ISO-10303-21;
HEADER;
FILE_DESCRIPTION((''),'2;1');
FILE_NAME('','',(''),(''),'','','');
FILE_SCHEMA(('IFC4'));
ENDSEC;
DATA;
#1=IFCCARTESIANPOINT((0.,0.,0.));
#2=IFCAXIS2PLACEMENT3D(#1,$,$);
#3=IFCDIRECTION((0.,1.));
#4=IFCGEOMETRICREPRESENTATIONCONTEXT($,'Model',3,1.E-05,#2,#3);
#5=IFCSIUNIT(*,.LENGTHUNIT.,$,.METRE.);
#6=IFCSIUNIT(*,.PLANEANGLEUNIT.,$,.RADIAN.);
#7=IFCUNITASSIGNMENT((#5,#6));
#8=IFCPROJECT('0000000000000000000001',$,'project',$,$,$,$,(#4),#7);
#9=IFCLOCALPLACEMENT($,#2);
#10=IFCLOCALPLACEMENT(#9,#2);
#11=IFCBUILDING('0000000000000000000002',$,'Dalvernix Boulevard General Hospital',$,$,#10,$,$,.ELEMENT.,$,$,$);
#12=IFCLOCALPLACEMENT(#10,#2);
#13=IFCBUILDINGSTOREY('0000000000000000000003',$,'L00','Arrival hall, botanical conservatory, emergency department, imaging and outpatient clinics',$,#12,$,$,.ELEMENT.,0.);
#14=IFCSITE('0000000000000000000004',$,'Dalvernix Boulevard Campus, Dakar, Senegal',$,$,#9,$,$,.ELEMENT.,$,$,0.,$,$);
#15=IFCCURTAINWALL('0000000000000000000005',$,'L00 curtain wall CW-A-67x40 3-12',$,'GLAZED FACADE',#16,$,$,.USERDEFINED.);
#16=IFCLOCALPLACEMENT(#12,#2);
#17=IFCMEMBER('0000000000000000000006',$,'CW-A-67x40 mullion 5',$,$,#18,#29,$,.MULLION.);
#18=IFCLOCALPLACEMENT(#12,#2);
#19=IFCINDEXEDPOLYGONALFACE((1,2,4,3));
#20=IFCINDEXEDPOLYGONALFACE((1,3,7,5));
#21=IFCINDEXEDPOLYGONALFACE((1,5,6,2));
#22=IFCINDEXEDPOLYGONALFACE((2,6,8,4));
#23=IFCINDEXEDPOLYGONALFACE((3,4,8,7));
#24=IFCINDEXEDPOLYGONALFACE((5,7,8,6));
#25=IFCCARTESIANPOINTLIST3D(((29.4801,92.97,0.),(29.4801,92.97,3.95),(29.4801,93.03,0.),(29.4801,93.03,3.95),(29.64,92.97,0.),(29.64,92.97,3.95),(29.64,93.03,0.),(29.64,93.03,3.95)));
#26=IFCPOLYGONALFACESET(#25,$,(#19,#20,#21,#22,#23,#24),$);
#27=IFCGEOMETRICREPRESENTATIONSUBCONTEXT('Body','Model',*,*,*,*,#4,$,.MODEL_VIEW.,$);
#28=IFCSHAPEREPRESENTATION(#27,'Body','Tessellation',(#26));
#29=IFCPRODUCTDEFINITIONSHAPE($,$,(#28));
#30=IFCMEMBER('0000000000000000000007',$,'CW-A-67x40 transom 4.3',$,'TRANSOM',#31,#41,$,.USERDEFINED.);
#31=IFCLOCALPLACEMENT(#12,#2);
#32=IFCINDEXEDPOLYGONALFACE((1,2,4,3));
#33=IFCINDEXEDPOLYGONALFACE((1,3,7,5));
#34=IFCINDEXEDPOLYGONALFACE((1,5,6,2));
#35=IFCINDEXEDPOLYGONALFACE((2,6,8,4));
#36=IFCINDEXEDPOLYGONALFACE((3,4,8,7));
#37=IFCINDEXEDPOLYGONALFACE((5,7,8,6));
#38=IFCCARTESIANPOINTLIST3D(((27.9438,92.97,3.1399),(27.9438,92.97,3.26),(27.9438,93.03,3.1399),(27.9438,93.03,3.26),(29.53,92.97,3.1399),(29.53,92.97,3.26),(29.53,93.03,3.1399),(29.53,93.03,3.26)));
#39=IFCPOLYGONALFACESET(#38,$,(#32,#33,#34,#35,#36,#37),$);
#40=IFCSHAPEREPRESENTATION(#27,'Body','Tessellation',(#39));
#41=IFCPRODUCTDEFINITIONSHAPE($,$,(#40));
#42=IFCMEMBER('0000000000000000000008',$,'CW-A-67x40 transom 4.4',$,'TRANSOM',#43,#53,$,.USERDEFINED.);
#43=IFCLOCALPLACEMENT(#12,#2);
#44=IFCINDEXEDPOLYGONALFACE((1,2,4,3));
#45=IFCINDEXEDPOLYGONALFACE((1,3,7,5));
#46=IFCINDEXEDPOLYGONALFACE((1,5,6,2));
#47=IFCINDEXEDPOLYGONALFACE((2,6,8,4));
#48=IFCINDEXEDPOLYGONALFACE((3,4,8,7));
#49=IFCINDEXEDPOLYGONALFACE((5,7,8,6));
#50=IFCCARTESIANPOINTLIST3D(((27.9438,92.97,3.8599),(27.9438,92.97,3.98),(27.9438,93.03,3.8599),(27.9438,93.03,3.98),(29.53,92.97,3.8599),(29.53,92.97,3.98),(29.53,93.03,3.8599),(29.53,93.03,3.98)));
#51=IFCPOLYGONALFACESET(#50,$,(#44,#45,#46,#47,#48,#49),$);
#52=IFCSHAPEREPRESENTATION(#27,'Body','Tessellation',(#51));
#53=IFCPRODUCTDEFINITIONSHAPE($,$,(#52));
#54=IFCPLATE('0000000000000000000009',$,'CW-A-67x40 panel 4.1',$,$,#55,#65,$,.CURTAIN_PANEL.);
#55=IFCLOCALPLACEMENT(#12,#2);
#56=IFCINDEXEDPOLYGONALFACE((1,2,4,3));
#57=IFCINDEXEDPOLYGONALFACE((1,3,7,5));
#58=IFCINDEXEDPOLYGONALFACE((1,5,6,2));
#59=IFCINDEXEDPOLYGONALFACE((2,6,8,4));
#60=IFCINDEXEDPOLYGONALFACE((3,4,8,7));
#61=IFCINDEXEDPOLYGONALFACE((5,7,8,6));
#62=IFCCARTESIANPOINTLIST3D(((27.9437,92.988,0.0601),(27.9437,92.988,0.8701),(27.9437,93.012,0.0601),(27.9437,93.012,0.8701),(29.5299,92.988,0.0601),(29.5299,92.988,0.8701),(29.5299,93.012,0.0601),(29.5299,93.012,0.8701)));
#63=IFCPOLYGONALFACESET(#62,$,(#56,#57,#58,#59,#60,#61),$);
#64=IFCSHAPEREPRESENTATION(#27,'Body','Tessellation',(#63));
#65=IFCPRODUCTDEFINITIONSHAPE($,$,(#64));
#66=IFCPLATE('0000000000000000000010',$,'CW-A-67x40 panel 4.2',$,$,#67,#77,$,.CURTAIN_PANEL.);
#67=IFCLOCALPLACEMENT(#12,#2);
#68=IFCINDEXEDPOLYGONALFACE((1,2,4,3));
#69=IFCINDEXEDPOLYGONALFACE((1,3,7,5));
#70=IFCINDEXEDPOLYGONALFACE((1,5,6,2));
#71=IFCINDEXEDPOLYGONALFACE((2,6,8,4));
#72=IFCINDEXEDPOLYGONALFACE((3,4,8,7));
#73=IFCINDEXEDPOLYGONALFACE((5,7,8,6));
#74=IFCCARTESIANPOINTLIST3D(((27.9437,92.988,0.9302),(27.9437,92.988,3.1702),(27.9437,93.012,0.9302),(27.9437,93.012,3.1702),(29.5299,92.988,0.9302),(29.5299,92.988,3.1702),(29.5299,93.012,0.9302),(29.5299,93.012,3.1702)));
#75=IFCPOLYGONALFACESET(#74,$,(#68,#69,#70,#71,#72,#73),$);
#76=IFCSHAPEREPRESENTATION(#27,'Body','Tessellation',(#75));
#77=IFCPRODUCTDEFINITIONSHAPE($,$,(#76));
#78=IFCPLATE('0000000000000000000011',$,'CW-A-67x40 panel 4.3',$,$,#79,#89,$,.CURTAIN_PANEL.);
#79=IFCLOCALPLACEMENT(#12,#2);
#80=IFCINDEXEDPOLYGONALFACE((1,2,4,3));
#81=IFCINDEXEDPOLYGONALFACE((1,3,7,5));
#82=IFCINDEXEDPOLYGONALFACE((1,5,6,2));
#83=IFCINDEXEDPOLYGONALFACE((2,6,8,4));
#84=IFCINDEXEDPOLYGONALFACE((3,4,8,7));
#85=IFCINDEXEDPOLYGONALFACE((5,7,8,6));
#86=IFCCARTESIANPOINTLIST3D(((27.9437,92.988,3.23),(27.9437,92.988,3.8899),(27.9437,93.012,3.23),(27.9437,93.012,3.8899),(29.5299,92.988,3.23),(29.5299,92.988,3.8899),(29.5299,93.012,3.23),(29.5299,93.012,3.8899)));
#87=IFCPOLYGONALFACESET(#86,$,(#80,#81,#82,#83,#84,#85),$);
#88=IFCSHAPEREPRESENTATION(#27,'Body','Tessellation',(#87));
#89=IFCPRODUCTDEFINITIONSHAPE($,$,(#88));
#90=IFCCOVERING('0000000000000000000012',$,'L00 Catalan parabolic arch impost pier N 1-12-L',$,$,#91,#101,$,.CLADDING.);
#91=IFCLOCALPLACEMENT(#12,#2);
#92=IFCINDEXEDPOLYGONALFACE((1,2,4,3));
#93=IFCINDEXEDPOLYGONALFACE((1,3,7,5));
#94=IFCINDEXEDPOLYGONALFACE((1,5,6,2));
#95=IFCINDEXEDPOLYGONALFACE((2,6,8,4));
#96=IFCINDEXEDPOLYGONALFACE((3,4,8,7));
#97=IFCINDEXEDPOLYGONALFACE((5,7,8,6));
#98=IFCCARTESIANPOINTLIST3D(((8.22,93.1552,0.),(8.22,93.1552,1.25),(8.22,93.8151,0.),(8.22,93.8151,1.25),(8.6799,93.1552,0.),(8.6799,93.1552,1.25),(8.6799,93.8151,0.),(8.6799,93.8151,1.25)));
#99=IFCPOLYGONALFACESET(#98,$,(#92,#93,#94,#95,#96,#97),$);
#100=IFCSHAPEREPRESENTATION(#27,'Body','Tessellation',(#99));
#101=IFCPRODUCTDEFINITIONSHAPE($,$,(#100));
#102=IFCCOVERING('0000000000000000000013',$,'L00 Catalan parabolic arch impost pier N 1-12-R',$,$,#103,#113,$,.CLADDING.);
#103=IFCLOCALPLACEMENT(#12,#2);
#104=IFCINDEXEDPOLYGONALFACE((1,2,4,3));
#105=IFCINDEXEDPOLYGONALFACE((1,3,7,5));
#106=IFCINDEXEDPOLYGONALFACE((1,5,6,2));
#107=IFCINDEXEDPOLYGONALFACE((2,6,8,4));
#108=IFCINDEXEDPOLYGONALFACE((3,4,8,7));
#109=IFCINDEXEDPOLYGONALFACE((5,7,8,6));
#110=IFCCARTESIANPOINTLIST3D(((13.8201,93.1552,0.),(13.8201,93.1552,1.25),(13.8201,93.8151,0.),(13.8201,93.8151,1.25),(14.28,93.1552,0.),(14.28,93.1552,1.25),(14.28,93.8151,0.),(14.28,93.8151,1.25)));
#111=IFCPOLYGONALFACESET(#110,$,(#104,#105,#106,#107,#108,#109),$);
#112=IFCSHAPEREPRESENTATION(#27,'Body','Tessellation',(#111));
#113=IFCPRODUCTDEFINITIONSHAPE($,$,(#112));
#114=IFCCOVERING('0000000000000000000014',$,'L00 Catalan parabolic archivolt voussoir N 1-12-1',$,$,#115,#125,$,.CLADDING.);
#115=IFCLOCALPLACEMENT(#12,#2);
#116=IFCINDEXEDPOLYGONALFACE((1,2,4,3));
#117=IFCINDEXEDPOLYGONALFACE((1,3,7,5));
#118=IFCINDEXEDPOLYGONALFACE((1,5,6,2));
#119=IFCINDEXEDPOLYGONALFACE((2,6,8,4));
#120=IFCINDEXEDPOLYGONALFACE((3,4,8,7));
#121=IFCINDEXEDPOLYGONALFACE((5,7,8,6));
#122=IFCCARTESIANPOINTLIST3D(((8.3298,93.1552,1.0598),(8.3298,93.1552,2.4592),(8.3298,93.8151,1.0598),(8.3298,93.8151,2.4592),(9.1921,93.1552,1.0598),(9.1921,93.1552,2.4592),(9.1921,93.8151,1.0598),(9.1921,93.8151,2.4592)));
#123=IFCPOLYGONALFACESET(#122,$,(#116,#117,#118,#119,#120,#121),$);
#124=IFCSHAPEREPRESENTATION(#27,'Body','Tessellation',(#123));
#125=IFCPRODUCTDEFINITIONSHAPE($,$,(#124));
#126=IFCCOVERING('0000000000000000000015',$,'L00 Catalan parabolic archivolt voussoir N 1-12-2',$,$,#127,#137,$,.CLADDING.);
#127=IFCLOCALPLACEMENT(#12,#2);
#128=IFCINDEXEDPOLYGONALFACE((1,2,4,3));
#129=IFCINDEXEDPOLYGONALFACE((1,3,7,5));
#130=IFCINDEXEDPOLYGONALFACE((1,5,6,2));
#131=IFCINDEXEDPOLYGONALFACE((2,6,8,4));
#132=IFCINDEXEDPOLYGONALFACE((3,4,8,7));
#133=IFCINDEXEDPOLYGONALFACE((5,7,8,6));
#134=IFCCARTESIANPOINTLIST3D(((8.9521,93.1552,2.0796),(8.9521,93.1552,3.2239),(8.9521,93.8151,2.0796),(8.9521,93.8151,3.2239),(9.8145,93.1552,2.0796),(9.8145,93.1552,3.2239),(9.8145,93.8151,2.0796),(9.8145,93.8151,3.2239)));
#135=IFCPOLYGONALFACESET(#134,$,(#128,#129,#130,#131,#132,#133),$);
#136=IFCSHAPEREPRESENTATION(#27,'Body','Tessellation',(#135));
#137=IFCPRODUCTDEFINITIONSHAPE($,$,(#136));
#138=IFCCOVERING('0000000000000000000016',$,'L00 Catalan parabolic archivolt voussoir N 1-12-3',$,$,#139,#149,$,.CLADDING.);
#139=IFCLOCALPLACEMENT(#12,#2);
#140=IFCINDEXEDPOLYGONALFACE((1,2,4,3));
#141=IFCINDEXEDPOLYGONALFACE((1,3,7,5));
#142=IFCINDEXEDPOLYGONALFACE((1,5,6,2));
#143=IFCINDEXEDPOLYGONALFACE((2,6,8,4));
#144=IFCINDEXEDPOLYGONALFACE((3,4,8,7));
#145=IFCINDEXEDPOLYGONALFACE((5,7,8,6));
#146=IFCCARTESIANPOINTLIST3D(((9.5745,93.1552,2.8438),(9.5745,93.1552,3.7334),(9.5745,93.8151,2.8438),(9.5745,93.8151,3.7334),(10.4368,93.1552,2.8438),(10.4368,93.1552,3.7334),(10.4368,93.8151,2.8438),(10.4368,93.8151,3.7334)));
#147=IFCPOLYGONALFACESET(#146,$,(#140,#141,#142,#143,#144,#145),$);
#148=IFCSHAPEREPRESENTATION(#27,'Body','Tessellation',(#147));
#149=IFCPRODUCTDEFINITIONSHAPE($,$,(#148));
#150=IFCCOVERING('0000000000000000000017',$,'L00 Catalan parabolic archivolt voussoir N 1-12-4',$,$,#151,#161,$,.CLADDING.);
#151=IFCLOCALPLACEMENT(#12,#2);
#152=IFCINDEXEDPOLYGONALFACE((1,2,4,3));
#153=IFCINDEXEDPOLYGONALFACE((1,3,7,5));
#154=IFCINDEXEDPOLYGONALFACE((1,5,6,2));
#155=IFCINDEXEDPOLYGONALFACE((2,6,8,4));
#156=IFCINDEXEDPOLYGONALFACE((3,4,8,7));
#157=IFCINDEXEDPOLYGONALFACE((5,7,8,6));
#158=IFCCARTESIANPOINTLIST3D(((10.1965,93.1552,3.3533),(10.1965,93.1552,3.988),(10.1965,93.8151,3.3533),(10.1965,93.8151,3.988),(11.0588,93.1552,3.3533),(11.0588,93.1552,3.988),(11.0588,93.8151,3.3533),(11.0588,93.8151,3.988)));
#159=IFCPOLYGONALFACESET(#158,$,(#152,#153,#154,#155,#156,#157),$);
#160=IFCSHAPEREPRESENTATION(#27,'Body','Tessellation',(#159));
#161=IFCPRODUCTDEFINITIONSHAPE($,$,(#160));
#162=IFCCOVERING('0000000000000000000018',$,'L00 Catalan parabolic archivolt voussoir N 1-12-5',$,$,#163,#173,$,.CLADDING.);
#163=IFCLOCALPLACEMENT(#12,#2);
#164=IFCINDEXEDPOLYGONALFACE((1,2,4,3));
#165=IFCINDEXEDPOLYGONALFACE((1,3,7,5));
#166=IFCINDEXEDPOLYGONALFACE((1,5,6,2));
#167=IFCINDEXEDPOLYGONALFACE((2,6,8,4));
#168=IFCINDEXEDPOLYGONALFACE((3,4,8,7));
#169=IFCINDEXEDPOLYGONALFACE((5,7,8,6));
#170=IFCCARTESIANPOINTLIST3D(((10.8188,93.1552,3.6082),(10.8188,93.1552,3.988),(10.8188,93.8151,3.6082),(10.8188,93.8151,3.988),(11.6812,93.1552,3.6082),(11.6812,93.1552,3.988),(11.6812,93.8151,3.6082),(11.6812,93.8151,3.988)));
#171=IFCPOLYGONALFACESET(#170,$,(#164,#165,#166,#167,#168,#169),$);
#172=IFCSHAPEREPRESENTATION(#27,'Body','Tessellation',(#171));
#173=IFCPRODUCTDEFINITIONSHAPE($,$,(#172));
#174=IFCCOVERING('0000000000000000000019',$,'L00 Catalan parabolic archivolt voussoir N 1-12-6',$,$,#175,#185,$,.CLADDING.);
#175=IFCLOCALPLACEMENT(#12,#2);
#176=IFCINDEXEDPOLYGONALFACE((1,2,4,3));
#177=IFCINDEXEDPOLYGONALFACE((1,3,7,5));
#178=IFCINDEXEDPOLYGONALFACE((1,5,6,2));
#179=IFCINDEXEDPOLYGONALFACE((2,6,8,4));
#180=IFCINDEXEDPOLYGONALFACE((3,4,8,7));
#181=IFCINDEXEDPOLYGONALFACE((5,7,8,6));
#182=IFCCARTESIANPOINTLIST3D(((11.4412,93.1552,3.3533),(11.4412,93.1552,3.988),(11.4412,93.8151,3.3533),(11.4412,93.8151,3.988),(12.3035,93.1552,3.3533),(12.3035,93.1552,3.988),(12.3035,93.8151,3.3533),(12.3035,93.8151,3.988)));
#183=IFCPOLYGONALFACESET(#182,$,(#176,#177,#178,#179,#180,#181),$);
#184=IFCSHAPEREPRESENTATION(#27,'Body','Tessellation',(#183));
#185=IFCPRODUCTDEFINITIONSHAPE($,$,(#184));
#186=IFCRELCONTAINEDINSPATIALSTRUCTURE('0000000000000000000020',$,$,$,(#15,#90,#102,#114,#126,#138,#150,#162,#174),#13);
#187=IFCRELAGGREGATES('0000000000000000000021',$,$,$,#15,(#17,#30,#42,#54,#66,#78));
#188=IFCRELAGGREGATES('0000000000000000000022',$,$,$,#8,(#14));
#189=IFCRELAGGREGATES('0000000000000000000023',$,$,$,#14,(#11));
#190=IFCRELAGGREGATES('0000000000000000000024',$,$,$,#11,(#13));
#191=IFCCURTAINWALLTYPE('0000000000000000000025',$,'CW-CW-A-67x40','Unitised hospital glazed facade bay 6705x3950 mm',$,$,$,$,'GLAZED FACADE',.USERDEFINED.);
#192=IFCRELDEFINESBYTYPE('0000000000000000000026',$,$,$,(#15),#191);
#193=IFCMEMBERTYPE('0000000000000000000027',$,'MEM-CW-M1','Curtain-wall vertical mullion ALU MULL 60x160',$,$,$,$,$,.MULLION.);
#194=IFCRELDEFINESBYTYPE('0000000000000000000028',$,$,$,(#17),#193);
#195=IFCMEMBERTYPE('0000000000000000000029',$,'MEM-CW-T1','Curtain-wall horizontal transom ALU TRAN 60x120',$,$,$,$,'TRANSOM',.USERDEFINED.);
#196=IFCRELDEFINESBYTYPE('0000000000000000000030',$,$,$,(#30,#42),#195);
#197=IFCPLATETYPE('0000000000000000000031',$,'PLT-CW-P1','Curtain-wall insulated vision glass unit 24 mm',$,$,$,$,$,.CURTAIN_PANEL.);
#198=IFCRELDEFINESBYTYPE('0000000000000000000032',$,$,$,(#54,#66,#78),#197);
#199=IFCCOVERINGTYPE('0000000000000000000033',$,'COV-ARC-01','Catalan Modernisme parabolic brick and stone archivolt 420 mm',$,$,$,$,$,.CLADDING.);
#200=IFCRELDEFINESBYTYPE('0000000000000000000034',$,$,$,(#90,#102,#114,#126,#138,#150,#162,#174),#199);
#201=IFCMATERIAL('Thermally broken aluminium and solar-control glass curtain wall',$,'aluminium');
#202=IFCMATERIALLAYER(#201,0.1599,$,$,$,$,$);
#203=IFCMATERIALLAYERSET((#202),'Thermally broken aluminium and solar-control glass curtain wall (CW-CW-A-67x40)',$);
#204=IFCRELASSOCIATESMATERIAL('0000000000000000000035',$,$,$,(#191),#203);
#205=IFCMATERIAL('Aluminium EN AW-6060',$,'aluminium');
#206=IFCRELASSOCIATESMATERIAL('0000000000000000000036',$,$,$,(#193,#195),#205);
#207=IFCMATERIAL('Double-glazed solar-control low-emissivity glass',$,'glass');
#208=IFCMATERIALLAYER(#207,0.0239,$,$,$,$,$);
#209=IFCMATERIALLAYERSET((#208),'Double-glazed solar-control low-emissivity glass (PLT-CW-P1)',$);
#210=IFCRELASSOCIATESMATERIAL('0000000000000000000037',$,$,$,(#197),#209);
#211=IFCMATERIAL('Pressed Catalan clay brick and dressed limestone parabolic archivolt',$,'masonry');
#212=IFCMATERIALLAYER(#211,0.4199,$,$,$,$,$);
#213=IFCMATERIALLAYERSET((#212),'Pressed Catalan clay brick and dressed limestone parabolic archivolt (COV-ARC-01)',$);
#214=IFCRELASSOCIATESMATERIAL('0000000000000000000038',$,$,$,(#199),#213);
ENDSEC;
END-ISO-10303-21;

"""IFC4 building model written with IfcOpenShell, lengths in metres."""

from ifc_helpers import new_model, si_unit, direction, frame, origin, origin_2d, place, context, subcontext, project, spatial, rectangle, extrude, material, layer, layer_set, material_profile, profile_set, type_object, element, aggregate, save


model = new_model("IFC4")

# Units and contexts
model_context = context("Model", 3, precision=1e-05, world=origin(), true_north=direction((0.0, 1.0)))
body_context = subcontext(model_context, "Body", "Model", "MODEL_VIEW")
ifc_project = project(units=[si_unit("LENGTHUNIT", "METRE"), si_unit("PLANEANGLEUNIT", "RADIAN")], contexts=[model_context])

# Site, building, storey
site_placement = place(None, origin())
site = spatial("IfcSite", under=ifc_project, at=site_placement, Name="Dalvernix Boulevard Campus, Dakar, Senegal", CompositionType="ELEMENT", RefElevation=0.0)
building_placement = place(site_placement, origin())
building = spatial("IfcBuilding", under=site, at=building_placement, Name="Dalvernix Boulevard General Hospital", CompositionType="ELEMENT")
storey_placement = place(building_placement, origin())
storey = spatial("IfcBuildingStorey", under=building, at=storey_placement, Name="L00", Description="Arrival hall, botanical conservatory, emergency department, imaging and outpatient clinics", CompositionType="ELEMENT", Elevation=0.0)

# Curtain wall, members, plates
ifc_material_1 = material(Name="Thermally broken aluminium and solar-control glass curtain wall", Category="aluminium")
ifc_layer_1 = layer(ifc_material_1, 0.1599)
ifc_layer_set_1 = layer_set([ifc_layer_1], Name="Thermally broken aluminium and solar-control glass curtain wall (CW-CW-A-67x40)")
curtain_wall_type = type_object("IfcCurtainWallType", Name="CW-CW-A-67x40", Description="Unitised hospital glazed facade bay 6705x3950 mm", ElementType="GLAZED FACADE", PredefinedType="USERDEFINED", material=ifc_layer_set_1)
curtain_wall_placement = place(storey_placement, origin())
curtain_wall = element("IfcCurtainWall", 1, at=curtain_wall_placement, inside=storey, type_object=curtain_wall_type, Name="L00 curtain wall CW-A-67x40 3-12", ObjectType="GLAZED FACADE", PredefinedType="USERDEFINED")
ifc_material_2 = material(Name="Aluminium EN AW-6060", Category="aluminium")
ifc_material_profile_1 = material_profile(ifc_material_2, rectangle(XDim=0.0601, YDim=0.1599, at=origin_2d()), Name="ALU MULL 60x160")
ifc_profile_set_1 = profile_set([ifc_material_profile_1], Name="Aluminium EN AW-6060")
member_type_1 = type_object("IfcMemberType", Name="MEM-CW-M1", Description="Curtain-wall vertical mullion ALU MULL 60x160", PredefinedType="MULLION", material=ifc_profile_set_1)
member_1_placement = place(storey_placement, frame((29.5601, 93.0, 0.0), z_axis=(0.0, 0.0, 1.0), x_axis=(0.0, 1.0, 0.0)))
member_1 = element("IfcMember", 2, at=member_1_placement, type_object=member_type_1, Name="CW-A-67x40 mullion 5", PredefinedType="MULLION", context=body_context, shape_type="SweptSolid", body=[
    extrude(rectangle(XDim=0.0601, YDim=0.1599, at=origin_2d()), origin(), (0.0, 0.0, 1.0), 3.95),
])
ifc_material_profile_2 = material_profile(ifc_material_2, rectangle(XDim=0.0601, YDim=0.1201, at=origin_2d()), Name="ALU TRAN 60x120")
ifc_profile_set_2 = profile_set([ifc_material_profile_2], Name="Aluminium EN AW-6060")
member_type_2 = type_object("IfcMemberType", Name="MEM-CW-T1", Description="Curtain-wall horizontal transom ALU TRAN 60x120", ElementType="TRANSOM", PredefinedType="USERDEFINED", material=ifc_profile_set_2)
member_2_placement = place(storey_placement, frame((27.9438, 93.0, 3.2), z_axis=(1.0, 0.0, 0.0), x_axis=(0.0, 1.0, 0.0)))
member_2 = element("IfcMember", 3, at=member_2_placement, type_object=member_type_2, Name="CW-A-67x40 transom 4.3", ObjectType="TRANSOM", PredefinedType="USERDEFINED", context=body_context, shape_type="SweptSolid", body=[
    extrude(rectangle(XDim=0.0601, YDim=0.1201, at=origin_2d()), origin(), (0.0, 0.0, 1.0), 1.5862),
])
member_3_placement = place(storey_placement, frame((27.9438, 93.0, 3.9199), z_axis=(1.0, 0.0, 0.0), x_axis=(0.0, 1.0, 0.0)))
member_3 = element("IfcMember", 4, at=member_3_placement, type_object=member_type_2, Name="CW-A-67x40 transom 4.4", ObjectType="TRANSOM", PredefinedType="USERDEFINED", context=body_context, shape_type="SweptSolid", body=[
    extrude(rectangle(XDim=0.0601, YDim=0.1201, at=origin_2d()), origin(), (0.0, 0.0, 1.0), 1.5862),
])
ifc_material_3 = material(Name="Double-glazed solar-control low-emissivity glass", Category="glass")
ifc_layer_2 = layer(ifc_material_3, 0.0239)
ifc_layer_set_2 = layer_set([ifc_layer_2], Name="Double-glazed solar-control low-emissivity glass (PLT-CW-P1)")
plate_type = type_object("IfcPlateType", Name="PLT-CW-P1", Description="Curtain-wall insulated vision glass unit 24 mm", PredefinedType="CURTAIN_PANEL", material=ifc_layer_set_2)
plate_1_placement = place(storey_placement, frame((28.7368, 93.0, 0.0601), z_axis=(0.0, 0.0, 1.0), x_axis=(1.0, 0.0, 0.0)))
plate_1 = element("IfcPlate", 5, at=plate_1_placement, type_object=plate_type, Name="CW-A-67x40 panel 4.1", PredefinedType="CURTAIN_PANEL", context=body_context, shape_type="SweptSolid", body=[
    extrude(rectangle(XDim=1.5862, YDim=0.0239, at=origin_2d()), origin(), (0.0, 0.0, 1.0), 0.8101),
])
plate_2_placement = place(storey_placement, frame((28.7368, 93.0, 0.9302), z_axis=(0.0, 0.0, 1.0), x_axis=(1.0, 0.0, 0.0)))
plate_2 = element("IfcPlate", 6, at=plate_2_placement, type_object=plate_type, Name="CW-A-67x40 panel 4.2", PredefinedType="CURTAIN_PANEL", context=body_context, shape_type="SweptSolid", body=[
    extrude(rectangle(XDim=1.5862, YDim=0.0239, at=origin_2d()), origin(), (0.0, 0.0, 1.0), 2.24),
])
plate_3_placement = place(storey_placement, frame((28.7368, 93.0, 3.23), z_axis=(0.0, 0.0, 1.0), x_axis=(1.0, 0.0, 0.0)))
plate_3 = element("IfcPlate", 7, at=plate_3_placement, type_object=plate_type, Name="CW-A-67x40 panel 4.3", PredefinedType="CURTAIN_PANEL", context=body_context, shape_type="SweptSolid", body=[
    extrude(rectangle(XDim=1.5862, YDim=0.0239, at=origin_2d()), origin(), (0.0, 0.0, 1.0), 0.6599),
])
aggregate(curtain_wall, [member_1, member_2, member_3, plate_1, plate_2, plate_3])

# Coverings
ifc_material_4 = material(Name="Pressed Catalan clay brick and dressed limestone parabolic archivolt", Category="masonry")
ifc_layer_3 = layer(ifc_material_4, 0.4199)
ifc_layer_set_3 = layer_set([ifc_layer_3], Name="Pressed Catalan clay brick and dressed limestone parabolic archivolt (COV-ARC-01)")
covering_type_1 = type_object("IfcCoveringType", Name="COV-ARC-01", Description="Catalan Modernisme parabolic brick and stone archivolt 420 mm", PredefinedType="CLADDING", material=ifc_layer_set_3)
for number, where, z_axis, x_axis, name in (
    (8, (8.45, 93.4851, 0.0), (0.0, 0.0, 1.0), (1.0, 0.0, 0.0), "L00 Catalan parabolic arch impost pier N 1-12-L"),
    (9, (14.05, 93.4851, 0.0), (0.0, 0.0, 1.0), (1.0, 0.0, 0.0), "L00 Catalan parabolic arch impost pier N 1-12-R"),
):
    element("IfcCovering", number, at=place(storey_placement, frame(where, z_axis=z_axis, x_axis=x_axis)), inside=storey, type_object=covering_type_1, Name=name, PredefinedType="CLADDING", context=body_context, shape_type="SweptSolid", body=[
        extrude(rectangle(XDim=0.46, YDim=0.6599, at=origin_2d()), origin(), (0.0, 0.0, 1.0), 1.25),
    ])
covering_1_placement = place(storey_placement, frame((8.761, 93.4851, 1.0598), z_axis=(0.0, 0.0, 1.0), x_axis=(1.0, 0.0, 0.0)))
element("IfcCovering", 10, at=covering_1_placement, inside=storey, type_object=covering_type_1, Name="L00 Catalan parabolic archivolt voussoir N 1-12-1", PredefinedType="CLADDING", context=body_context, shape_type="SweptSolid", body=[
    extrude(rectangle(XDim=0.8623, YDim=0.6599, at=origin_2d()), origin(), (0.0, 0.0, 1.0), 1.3994),
])
covering_2_placement = place(storey_placement, frame((9.3833, 93.4851, 2.0796), z_axis=(0.0, 0.0, 1.0), x_axis=(1.0, 0.0, 0.0)))
element("IfcCovering", 11, at=covering_2_placement, inside=storey, type_object=covering_type_1, Name="L00 Catalan parabolic archivolt voussoir N 1-12-2", PredefinedType="CLADDING", context=body_context, shape_type="SweptSolid", body=[
    extrude(rectangle(XDim=0.8623, YDim=0.6599, at=origin_2d()), origin(), (0.0, 0.0, 1.0), 1.1443),
])
covering_3_placement = place(storey_placement, frame((10.0056, 93.4851, 2.8438), z_axis=(0.0, 0.0, 1.0), x_axis=(1.0, 0.0, 0.0)))
element("IfcCovering", 12, at=covering_3_placement, inside=storey, type_object=covering_type_1, Name="L00 Catalan parabolic archivolt voussoir N 1-12-3", PredefinedType="CLADDING", context=body_context, shape_type="SweptSolid", body=[
    extrude(rectangle(XDim=0.8623, YDim=0.6599, at=origin_2d()), origin(), (0.0, 0.0, 1.0), 0.8896),
])
covering_4_placement = place(storey_placement, frame((10.6277, 93.4851, 3.3533), z_axis=(0.0, 0.0, 1.0), x_axis=(1.0, 0.0, 0.0)))
element("IfcCovering", 13, at=covering_4_placement, inside=storey, type_object=covering_type_1, Name="L00 Catalan parabolic archivolt voussoir N 1-12-4", PredefinedType="CLADDING", context=body_context, shape_type="SweptSolid", body=[
    extrude(rectangle(XDim=0.8623, YDim=0.6599, at=origin_2d()), origin(), (0.0, 0.0, 1.0), 0.6348),
])
covering_5_placement = place(storey_placement, frame((11.25, 93.4851, 3.6082), z_axis=(0.0, 0.0, 1.0), x_axis=(1.0, 0.0, 0.0)))
element("IfcCovering", 14, at=covering_5_placement, inside=storey, type_object=covering_type_1, Name="L00 Catalan parabolic archivolt voussoir N 1-12-5", PredefinedType="CLADDING", context=body_context, shape_type="SweptSolid", body=[
    extrude(rectangle(XDim=0.8623, YDim=0.6599, at=origin_2d()), origin(), (0.0, 0.0, 1.0), 0.3799),
])
covering_6_placement = place(storey_placement, frame((11.8723, 93.4851, 3.3533), z_axis=(0.0, 0.0, 1.0), x_axis=(1.0, 0.0, 0.0)))
element("IfcCovering", 15, at=covering_6_placement, inside=storey, type_object=covering_type_1, Name="L00 Catalan parabolic archivolt voussoir N 1-12-6", PredefinedType="CLADDING", context=body_context, shape_type="SweptSolid", body=[
    extrude(rectangle(XDim=0.8623, YDim=0.6599, at=origin_2d()), origin(), (0.0, 0.0, 1.0), 0.6348),
])

save(model, "model.ifc")
